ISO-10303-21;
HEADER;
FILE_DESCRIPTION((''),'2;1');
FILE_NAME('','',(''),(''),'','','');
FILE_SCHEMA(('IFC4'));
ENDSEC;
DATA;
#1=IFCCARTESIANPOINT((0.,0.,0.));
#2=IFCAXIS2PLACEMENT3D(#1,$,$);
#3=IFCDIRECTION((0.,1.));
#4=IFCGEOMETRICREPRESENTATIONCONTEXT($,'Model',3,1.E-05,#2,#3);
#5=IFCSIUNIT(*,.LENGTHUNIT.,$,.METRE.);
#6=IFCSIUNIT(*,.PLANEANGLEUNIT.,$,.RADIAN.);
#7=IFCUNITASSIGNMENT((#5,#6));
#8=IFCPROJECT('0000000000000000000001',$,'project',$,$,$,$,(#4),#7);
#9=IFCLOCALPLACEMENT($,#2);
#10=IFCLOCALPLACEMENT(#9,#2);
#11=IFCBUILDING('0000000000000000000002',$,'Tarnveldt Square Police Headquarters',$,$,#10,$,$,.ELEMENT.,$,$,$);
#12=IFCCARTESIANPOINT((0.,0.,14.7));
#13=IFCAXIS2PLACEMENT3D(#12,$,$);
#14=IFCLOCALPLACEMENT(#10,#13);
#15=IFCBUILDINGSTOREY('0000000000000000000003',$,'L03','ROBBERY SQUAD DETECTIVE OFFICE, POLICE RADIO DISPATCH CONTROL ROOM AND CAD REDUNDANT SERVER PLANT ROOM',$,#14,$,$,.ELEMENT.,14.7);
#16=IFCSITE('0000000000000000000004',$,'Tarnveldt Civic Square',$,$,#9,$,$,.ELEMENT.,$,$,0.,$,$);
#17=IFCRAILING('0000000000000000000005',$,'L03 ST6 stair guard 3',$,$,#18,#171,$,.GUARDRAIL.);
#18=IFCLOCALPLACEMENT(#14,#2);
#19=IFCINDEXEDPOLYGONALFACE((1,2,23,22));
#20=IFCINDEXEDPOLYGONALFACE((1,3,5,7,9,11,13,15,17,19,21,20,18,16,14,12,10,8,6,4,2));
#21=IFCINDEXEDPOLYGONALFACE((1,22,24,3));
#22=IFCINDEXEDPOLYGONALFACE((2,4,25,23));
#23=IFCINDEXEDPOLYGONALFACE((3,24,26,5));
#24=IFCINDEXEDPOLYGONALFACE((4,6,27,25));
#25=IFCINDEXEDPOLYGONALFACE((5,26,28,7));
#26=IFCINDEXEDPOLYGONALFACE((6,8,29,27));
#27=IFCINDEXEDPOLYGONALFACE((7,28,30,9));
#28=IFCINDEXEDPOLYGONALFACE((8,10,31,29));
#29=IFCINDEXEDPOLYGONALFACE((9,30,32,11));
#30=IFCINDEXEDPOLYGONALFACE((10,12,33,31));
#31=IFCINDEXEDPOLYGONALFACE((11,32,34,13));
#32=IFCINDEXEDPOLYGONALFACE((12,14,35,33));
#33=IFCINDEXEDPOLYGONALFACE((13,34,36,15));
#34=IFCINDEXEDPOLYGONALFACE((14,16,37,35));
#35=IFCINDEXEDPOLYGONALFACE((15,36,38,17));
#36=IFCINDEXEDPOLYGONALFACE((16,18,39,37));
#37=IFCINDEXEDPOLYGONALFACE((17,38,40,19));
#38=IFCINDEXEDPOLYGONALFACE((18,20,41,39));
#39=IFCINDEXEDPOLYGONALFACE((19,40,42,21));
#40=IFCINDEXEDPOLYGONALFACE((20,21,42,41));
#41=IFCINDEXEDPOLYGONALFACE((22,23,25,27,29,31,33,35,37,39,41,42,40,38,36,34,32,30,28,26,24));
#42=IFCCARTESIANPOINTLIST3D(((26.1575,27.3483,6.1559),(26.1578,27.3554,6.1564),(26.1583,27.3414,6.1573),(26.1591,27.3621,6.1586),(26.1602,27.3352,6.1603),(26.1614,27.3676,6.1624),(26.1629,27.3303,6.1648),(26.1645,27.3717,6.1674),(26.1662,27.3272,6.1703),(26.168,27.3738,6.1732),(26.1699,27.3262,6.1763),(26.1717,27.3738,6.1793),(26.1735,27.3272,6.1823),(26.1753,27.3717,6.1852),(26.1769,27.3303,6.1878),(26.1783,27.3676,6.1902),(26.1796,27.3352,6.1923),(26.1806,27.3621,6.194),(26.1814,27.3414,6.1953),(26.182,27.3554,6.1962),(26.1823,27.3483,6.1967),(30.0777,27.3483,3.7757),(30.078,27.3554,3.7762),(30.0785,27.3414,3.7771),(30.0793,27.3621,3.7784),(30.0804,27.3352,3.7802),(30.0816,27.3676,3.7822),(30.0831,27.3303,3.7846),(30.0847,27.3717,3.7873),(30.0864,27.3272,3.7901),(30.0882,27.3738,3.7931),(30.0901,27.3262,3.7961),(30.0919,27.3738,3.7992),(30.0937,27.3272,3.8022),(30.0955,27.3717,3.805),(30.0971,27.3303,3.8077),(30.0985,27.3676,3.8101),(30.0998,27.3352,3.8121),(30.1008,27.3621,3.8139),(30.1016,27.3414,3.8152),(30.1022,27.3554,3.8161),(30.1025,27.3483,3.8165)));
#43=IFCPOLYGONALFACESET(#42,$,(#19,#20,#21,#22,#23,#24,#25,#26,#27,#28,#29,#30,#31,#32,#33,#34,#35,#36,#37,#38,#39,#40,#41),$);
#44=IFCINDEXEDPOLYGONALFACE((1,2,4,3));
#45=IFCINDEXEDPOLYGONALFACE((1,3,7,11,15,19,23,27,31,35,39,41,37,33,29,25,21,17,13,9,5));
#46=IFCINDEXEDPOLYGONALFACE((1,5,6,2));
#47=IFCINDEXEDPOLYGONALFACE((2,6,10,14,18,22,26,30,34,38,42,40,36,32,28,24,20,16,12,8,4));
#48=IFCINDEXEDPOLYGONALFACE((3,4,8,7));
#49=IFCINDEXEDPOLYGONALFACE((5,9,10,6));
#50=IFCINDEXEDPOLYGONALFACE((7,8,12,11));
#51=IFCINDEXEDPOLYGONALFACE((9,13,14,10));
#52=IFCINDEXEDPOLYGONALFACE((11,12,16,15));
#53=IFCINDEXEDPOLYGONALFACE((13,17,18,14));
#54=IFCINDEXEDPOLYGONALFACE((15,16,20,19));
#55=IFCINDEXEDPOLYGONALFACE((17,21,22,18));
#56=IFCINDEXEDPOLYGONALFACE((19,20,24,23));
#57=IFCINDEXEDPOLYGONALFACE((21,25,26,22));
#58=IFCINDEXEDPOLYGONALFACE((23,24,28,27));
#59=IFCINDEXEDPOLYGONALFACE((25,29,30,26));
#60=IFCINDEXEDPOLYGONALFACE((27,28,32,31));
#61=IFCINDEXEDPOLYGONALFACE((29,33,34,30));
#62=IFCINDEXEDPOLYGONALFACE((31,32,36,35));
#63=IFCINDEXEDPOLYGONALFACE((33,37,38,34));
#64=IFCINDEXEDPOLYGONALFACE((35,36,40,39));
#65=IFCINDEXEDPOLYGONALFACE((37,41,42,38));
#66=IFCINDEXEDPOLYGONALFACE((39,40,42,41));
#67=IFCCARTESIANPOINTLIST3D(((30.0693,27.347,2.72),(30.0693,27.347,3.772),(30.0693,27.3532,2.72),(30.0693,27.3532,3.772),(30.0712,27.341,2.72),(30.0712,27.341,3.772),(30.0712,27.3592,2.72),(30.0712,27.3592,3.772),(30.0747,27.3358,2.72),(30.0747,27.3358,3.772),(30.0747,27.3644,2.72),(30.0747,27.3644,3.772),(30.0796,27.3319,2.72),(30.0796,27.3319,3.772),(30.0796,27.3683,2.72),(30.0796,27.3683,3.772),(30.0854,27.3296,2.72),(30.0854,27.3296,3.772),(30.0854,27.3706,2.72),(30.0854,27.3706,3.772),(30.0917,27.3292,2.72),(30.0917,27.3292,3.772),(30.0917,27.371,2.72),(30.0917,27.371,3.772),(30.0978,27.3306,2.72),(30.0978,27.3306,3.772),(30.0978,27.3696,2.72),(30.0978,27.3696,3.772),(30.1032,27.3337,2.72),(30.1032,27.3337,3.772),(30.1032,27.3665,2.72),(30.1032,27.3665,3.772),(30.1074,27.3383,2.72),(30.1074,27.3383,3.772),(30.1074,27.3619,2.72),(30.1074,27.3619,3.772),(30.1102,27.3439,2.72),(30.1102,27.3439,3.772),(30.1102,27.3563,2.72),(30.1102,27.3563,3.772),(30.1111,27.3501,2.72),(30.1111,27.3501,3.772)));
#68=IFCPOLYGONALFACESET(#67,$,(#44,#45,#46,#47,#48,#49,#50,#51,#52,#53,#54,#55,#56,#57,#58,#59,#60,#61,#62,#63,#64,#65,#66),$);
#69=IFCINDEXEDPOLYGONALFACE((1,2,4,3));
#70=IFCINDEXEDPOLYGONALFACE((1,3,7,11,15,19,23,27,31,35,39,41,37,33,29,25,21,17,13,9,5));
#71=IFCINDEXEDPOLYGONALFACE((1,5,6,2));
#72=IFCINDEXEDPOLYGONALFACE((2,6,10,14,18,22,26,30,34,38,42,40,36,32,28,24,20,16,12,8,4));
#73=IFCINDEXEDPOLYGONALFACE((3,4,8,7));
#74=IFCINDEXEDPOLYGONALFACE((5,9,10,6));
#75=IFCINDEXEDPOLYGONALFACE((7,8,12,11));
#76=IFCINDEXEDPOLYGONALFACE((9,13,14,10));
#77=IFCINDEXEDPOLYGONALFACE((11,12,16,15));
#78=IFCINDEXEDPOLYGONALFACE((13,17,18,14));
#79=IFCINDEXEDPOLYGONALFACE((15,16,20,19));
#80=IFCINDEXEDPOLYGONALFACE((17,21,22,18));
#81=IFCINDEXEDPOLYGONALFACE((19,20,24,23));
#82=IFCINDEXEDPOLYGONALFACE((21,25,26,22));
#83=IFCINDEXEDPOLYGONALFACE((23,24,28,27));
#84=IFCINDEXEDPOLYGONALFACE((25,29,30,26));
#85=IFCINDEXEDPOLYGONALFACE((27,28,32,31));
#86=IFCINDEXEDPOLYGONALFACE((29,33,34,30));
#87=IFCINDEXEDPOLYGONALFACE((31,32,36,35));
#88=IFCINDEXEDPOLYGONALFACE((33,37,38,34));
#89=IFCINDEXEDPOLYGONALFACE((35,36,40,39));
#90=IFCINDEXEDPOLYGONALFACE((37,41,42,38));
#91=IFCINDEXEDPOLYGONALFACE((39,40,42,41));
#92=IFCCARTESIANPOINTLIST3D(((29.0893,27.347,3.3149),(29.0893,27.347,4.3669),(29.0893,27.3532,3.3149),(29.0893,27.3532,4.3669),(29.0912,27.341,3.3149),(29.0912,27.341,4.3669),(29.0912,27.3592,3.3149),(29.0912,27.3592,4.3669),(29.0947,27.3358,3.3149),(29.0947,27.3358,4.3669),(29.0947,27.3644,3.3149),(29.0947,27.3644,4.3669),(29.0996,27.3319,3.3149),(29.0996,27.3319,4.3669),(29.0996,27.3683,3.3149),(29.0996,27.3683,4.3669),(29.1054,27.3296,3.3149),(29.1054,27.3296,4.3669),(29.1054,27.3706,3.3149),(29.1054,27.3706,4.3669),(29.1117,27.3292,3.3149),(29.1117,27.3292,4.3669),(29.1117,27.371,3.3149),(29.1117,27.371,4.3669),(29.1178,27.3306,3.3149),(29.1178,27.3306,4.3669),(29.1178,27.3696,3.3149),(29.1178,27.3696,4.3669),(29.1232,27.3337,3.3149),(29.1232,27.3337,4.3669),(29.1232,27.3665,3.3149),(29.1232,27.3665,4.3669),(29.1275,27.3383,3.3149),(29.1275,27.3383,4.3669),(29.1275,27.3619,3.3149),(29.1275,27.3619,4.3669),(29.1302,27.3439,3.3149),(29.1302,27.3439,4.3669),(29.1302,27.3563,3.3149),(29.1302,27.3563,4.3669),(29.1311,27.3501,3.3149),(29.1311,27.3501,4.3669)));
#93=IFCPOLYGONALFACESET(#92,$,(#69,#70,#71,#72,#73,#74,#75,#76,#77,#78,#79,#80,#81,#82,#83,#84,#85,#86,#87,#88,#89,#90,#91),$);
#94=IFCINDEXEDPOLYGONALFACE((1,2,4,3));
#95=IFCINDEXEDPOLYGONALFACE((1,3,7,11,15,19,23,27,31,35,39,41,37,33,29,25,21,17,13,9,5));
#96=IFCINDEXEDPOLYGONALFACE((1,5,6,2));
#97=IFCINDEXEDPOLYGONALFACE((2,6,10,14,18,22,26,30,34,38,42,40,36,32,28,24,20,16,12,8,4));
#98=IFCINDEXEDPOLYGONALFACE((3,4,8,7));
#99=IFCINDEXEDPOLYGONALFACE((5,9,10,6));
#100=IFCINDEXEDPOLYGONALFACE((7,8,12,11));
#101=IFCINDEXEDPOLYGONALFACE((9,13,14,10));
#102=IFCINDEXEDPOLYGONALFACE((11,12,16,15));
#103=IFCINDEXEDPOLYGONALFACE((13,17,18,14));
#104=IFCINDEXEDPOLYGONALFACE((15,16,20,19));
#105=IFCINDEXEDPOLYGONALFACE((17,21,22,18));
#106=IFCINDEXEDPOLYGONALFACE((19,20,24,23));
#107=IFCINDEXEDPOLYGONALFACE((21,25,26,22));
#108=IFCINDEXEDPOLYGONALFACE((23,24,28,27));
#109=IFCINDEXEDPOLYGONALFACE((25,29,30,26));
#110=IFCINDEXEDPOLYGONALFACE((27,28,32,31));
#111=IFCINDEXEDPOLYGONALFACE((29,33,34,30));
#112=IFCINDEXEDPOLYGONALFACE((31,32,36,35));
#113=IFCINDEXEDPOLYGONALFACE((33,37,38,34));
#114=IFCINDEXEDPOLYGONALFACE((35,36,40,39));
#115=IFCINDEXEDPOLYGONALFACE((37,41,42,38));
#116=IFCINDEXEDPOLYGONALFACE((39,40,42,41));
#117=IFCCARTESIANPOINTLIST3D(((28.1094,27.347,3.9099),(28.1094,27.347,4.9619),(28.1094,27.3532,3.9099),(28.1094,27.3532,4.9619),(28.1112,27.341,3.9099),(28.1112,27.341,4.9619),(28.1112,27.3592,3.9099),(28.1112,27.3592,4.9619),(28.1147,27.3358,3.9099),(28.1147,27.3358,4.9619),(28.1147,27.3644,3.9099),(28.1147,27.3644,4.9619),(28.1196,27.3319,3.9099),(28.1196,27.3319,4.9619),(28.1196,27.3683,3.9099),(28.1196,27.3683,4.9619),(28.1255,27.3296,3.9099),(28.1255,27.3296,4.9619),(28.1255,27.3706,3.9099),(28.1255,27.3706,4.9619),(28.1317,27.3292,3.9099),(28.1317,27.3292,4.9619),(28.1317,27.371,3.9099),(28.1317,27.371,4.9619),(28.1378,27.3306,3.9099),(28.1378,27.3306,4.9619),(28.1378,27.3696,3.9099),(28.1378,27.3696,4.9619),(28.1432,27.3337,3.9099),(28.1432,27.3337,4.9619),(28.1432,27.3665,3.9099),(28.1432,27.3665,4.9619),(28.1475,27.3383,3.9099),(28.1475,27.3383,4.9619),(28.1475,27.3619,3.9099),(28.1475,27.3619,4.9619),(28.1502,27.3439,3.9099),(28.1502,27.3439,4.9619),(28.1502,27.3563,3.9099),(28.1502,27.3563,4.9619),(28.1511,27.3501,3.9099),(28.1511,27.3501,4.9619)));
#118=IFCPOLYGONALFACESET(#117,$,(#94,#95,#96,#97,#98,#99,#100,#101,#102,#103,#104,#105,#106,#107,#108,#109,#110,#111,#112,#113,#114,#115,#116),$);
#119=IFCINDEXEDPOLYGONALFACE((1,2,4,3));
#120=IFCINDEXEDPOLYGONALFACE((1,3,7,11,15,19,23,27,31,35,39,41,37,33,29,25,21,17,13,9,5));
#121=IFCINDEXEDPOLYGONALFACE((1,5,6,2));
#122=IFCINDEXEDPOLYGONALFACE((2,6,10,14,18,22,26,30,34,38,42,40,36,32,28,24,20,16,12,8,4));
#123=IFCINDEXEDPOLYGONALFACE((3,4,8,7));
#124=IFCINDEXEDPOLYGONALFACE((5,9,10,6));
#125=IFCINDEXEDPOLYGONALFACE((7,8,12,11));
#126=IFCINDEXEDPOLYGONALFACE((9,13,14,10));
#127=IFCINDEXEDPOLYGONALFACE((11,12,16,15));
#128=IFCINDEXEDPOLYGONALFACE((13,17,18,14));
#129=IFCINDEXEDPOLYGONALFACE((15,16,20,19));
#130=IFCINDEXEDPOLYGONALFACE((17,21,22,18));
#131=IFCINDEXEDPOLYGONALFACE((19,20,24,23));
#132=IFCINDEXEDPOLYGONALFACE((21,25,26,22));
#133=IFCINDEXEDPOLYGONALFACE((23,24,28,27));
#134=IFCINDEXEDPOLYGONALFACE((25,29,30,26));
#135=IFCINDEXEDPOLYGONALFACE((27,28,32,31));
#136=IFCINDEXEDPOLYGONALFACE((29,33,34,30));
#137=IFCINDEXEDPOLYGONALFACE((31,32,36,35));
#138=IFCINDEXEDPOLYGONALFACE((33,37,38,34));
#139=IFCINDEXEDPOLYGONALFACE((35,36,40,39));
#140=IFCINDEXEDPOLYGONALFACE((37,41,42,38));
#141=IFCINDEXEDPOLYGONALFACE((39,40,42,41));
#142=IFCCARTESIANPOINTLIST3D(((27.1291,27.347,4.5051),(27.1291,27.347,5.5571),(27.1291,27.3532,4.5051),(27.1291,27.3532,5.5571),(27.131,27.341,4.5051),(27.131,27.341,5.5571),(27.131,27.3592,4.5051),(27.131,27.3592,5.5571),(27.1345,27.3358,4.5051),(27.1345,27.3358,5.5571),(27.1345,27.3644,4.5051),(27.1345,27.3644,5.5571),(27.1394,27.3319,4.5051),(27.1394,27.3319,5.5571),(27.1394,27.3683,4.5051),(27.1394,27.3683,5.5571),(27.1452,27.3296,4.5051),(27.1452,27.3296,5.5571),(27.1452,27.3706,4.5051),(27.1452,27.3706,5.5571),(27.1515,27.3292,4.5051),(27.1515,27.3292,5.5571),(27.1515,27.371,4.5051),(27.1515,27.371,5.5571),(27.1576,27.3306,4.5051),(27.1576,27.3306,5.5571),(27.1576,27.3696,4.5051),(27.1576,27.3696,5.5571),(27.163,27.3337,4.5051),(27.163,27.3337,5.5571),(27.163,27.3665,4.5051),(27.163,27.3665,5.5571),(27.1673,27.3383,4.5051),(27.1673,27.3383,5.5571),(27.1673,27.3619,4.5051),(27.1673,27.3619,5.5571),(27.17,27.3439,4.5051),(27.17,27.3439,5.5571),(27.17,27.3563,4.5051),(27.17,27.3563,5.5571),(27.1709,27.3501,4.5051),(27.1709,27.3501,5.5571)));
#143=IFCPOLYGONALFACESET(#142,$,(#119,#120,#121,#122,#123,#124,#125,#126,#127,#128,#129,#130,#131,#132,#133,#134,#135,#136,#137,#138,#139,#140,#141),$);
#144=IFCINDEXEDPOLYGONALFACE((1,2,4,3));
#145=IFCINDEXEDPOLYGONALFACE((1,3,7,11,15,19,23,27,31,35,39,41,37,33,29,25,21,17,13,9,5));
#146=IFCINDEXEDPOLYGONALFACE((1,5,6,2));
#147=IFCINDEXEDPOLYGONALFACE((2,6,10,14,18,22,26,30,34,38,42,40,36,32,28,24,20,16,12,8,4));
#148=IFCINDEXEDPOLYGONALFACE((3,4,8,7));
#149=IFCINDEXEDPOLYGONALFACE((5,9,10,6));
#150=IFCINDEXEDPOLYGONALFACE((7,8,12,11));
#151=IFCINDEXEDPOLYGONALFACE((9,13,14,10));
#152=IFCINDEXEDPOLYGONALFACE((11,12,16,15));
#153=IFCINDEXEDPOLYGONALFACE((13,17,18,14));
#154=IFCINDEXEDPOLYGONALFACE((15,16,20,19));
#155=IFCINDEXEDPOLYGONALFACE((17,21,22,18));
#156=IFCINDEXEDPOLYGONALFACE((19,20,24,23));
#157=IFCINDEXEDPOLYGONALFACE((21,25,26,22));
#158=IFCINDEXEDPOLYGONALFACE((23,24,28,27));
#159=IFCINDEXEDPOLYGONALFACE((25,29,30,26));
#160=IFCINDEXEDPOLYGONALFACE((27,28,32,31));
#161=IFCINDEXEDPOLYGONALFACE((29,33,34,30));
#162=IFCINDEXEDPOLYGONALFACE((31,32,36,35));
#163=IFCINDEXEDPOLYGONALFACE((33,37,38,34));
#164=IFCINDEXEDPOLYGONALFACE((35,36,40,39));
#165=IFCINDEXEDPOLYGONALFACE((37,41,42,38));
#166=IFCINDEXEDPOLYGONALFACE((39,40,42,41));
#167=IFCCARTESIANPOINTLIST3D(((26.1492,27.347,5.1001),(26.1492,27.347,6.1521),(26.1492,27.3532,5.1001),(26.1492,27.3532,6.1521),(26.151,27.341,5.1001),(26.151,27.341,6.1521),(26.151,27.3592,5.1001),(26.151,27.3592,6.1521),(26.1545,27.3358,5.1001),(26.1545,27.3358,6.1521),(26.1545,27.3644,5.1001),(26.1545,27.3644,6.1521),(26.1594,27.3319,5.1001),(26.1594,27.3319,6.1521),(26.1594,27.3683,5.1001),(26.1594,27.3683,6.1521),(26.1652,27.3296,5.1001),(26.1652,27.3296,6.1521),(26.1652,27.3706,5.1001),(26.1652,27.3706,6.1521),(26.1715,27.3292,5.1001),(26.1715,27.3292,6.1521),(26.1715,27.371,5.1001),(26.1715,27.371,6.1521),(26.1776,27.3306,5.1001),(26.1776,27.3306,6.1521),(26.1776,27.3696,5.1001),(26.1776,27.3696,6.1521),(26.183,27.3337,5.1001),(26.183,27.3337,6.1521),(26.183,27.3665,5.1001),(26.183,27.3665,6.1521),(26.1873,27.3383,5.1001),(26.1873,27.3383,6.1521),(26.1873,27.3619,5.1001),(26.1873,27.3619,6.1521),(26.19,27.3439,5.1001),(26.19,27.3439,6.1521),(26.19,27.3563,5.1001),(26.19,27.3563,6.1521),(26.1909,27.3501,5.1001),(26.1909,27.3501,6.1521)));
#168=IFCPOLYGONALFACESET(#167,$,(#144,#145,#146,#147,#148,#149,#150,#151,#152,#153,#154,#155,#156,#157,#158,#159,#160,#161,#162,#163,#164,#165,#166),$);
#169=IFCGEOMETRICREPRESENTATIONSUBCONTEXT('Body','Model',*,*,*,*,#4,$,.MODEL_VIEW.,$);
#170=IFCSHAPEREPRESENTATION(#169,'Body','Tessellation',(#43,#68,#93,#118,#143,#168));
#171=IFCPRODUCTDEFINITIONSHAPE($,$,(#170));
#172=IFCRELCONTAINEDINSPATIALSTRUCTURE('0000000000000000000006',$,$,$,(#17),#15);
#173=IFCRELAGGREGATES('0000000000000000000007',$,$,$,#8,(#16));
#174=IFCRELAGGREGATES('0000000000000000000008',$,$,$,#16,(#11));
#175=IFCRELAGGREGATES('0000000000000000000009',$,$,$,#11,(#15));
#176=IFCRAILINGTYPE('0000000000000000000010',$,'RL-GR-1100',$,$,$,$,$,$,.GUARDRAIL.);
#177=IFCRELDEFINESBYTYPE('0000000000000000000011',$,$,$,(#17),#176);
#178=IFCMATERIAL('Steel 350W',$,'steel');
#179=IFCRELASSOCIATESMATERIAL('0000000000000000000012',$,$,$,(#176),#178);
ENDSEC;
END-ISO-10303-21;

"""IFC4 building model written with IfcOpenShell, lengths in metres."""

from ifc_helpers import new_model, si_unit, direction, frame, origin, origin_2d, place, context, subcontext, project, spatial, circle, extrude, material, type_object, element, save


model = new_model("IFC4")

# Units and contexts
model_context = context("Model", 3, precision=1e-05, world=origin(), true_north=direction((0.0, 1.0)))
body_context = subcontext(model_context, "Body", "Model", "MODEL_VIEW")
ifc_project = project(units=[si_unit("LENGTHUNIT", "METRE"), si_unit("PLANEANGLEUNIT", "RADIAN")], contexts=[model_context])

# Site, building, storey
site_placement = place(None, origin())
site = spatial("IfcSite", under=ifc_project, at=site_placement, Name="Tarnveldt Civic Square", CompositionType="ELEMENT", RefElevation=0.0)
building_placement = place(site_placement, origin())
building = spatial("IfcBuilding", under=site, at=building_placement, Name="Tarnveldt Square Police Headquarters", CompositionType="ELEMENT")
storey_placement = place(building_placement, frame((0.0, 0.0, 14.7)))
storey = spatial("IfcBuildingStorey", under=building, at=storey_placement, Name="L03", Description="ROBBERY SQUAD DETECTIVE OFFICE, POLICE RADIO DISPATCH CONTROL ROOM AND CAD REDUNDANT SERVER PLANT ROOM", CompositionType="ELEMENT", Elevation=14.7)

# Shared definitions
ifc_material_1 = material(Name="Steel 350W", Category="steel")

# Railing
railing_type_1 = type_object("IfcRailingType", Name="RL-GR-1100", PredefinedType="GUARDRAIL", material=ifc_material_1)
railing_1_placement = place(storey_placement, frame((30.0901, 27.3501, 2.72)))
element("IfcRailing", 1, at=railing_1_placement, inside=storey, type_object=railing_type_1, Name="L03 ST6 stair guard 3", PredefinedType="GUARDRAIL", context=body_context, shape_type="SweptSolid", body=[
    extrude(circle(Radius=0.0239, at=origin_2d()), frame((0.0, 0.0, 1.0762), z_axis=(-0.854785, 0.0, 0.518982), x_axis=(0.0, -1.0, 0.0)), (0.0, 0.0, 1.0), 4.5862),
    extrude(circle(Radius=0.021, at=origin_2d()), origin(), (0.0, 0.0, 1.0), 1.052),
    extrude(circle(Radius=0.021, at=origin_2d()), frame((-0.98, 0.0, 0.595)), (0.0, 0.0, 1.0), 1.052),
    extrude(circle(Radius=0.021, at=origin_2d()), frame((-1.96, 0.0, 1.1899)), (0.0, 0.0, 1.0), 1.052),
    extrude(circle(Radius=0.021, at=origin_2d()), frame((-2.9402, 0.0, 1.7852)), (0.0, 0.0, 1.0), 1.052),
    extrude(circle(Radius=0.021, at=origin_2d()), frame((-3.9202, 0.0, 2.3801)), (0.0, 0.0, 1.0), 1.052),
])

save(model, "model.ifc")
